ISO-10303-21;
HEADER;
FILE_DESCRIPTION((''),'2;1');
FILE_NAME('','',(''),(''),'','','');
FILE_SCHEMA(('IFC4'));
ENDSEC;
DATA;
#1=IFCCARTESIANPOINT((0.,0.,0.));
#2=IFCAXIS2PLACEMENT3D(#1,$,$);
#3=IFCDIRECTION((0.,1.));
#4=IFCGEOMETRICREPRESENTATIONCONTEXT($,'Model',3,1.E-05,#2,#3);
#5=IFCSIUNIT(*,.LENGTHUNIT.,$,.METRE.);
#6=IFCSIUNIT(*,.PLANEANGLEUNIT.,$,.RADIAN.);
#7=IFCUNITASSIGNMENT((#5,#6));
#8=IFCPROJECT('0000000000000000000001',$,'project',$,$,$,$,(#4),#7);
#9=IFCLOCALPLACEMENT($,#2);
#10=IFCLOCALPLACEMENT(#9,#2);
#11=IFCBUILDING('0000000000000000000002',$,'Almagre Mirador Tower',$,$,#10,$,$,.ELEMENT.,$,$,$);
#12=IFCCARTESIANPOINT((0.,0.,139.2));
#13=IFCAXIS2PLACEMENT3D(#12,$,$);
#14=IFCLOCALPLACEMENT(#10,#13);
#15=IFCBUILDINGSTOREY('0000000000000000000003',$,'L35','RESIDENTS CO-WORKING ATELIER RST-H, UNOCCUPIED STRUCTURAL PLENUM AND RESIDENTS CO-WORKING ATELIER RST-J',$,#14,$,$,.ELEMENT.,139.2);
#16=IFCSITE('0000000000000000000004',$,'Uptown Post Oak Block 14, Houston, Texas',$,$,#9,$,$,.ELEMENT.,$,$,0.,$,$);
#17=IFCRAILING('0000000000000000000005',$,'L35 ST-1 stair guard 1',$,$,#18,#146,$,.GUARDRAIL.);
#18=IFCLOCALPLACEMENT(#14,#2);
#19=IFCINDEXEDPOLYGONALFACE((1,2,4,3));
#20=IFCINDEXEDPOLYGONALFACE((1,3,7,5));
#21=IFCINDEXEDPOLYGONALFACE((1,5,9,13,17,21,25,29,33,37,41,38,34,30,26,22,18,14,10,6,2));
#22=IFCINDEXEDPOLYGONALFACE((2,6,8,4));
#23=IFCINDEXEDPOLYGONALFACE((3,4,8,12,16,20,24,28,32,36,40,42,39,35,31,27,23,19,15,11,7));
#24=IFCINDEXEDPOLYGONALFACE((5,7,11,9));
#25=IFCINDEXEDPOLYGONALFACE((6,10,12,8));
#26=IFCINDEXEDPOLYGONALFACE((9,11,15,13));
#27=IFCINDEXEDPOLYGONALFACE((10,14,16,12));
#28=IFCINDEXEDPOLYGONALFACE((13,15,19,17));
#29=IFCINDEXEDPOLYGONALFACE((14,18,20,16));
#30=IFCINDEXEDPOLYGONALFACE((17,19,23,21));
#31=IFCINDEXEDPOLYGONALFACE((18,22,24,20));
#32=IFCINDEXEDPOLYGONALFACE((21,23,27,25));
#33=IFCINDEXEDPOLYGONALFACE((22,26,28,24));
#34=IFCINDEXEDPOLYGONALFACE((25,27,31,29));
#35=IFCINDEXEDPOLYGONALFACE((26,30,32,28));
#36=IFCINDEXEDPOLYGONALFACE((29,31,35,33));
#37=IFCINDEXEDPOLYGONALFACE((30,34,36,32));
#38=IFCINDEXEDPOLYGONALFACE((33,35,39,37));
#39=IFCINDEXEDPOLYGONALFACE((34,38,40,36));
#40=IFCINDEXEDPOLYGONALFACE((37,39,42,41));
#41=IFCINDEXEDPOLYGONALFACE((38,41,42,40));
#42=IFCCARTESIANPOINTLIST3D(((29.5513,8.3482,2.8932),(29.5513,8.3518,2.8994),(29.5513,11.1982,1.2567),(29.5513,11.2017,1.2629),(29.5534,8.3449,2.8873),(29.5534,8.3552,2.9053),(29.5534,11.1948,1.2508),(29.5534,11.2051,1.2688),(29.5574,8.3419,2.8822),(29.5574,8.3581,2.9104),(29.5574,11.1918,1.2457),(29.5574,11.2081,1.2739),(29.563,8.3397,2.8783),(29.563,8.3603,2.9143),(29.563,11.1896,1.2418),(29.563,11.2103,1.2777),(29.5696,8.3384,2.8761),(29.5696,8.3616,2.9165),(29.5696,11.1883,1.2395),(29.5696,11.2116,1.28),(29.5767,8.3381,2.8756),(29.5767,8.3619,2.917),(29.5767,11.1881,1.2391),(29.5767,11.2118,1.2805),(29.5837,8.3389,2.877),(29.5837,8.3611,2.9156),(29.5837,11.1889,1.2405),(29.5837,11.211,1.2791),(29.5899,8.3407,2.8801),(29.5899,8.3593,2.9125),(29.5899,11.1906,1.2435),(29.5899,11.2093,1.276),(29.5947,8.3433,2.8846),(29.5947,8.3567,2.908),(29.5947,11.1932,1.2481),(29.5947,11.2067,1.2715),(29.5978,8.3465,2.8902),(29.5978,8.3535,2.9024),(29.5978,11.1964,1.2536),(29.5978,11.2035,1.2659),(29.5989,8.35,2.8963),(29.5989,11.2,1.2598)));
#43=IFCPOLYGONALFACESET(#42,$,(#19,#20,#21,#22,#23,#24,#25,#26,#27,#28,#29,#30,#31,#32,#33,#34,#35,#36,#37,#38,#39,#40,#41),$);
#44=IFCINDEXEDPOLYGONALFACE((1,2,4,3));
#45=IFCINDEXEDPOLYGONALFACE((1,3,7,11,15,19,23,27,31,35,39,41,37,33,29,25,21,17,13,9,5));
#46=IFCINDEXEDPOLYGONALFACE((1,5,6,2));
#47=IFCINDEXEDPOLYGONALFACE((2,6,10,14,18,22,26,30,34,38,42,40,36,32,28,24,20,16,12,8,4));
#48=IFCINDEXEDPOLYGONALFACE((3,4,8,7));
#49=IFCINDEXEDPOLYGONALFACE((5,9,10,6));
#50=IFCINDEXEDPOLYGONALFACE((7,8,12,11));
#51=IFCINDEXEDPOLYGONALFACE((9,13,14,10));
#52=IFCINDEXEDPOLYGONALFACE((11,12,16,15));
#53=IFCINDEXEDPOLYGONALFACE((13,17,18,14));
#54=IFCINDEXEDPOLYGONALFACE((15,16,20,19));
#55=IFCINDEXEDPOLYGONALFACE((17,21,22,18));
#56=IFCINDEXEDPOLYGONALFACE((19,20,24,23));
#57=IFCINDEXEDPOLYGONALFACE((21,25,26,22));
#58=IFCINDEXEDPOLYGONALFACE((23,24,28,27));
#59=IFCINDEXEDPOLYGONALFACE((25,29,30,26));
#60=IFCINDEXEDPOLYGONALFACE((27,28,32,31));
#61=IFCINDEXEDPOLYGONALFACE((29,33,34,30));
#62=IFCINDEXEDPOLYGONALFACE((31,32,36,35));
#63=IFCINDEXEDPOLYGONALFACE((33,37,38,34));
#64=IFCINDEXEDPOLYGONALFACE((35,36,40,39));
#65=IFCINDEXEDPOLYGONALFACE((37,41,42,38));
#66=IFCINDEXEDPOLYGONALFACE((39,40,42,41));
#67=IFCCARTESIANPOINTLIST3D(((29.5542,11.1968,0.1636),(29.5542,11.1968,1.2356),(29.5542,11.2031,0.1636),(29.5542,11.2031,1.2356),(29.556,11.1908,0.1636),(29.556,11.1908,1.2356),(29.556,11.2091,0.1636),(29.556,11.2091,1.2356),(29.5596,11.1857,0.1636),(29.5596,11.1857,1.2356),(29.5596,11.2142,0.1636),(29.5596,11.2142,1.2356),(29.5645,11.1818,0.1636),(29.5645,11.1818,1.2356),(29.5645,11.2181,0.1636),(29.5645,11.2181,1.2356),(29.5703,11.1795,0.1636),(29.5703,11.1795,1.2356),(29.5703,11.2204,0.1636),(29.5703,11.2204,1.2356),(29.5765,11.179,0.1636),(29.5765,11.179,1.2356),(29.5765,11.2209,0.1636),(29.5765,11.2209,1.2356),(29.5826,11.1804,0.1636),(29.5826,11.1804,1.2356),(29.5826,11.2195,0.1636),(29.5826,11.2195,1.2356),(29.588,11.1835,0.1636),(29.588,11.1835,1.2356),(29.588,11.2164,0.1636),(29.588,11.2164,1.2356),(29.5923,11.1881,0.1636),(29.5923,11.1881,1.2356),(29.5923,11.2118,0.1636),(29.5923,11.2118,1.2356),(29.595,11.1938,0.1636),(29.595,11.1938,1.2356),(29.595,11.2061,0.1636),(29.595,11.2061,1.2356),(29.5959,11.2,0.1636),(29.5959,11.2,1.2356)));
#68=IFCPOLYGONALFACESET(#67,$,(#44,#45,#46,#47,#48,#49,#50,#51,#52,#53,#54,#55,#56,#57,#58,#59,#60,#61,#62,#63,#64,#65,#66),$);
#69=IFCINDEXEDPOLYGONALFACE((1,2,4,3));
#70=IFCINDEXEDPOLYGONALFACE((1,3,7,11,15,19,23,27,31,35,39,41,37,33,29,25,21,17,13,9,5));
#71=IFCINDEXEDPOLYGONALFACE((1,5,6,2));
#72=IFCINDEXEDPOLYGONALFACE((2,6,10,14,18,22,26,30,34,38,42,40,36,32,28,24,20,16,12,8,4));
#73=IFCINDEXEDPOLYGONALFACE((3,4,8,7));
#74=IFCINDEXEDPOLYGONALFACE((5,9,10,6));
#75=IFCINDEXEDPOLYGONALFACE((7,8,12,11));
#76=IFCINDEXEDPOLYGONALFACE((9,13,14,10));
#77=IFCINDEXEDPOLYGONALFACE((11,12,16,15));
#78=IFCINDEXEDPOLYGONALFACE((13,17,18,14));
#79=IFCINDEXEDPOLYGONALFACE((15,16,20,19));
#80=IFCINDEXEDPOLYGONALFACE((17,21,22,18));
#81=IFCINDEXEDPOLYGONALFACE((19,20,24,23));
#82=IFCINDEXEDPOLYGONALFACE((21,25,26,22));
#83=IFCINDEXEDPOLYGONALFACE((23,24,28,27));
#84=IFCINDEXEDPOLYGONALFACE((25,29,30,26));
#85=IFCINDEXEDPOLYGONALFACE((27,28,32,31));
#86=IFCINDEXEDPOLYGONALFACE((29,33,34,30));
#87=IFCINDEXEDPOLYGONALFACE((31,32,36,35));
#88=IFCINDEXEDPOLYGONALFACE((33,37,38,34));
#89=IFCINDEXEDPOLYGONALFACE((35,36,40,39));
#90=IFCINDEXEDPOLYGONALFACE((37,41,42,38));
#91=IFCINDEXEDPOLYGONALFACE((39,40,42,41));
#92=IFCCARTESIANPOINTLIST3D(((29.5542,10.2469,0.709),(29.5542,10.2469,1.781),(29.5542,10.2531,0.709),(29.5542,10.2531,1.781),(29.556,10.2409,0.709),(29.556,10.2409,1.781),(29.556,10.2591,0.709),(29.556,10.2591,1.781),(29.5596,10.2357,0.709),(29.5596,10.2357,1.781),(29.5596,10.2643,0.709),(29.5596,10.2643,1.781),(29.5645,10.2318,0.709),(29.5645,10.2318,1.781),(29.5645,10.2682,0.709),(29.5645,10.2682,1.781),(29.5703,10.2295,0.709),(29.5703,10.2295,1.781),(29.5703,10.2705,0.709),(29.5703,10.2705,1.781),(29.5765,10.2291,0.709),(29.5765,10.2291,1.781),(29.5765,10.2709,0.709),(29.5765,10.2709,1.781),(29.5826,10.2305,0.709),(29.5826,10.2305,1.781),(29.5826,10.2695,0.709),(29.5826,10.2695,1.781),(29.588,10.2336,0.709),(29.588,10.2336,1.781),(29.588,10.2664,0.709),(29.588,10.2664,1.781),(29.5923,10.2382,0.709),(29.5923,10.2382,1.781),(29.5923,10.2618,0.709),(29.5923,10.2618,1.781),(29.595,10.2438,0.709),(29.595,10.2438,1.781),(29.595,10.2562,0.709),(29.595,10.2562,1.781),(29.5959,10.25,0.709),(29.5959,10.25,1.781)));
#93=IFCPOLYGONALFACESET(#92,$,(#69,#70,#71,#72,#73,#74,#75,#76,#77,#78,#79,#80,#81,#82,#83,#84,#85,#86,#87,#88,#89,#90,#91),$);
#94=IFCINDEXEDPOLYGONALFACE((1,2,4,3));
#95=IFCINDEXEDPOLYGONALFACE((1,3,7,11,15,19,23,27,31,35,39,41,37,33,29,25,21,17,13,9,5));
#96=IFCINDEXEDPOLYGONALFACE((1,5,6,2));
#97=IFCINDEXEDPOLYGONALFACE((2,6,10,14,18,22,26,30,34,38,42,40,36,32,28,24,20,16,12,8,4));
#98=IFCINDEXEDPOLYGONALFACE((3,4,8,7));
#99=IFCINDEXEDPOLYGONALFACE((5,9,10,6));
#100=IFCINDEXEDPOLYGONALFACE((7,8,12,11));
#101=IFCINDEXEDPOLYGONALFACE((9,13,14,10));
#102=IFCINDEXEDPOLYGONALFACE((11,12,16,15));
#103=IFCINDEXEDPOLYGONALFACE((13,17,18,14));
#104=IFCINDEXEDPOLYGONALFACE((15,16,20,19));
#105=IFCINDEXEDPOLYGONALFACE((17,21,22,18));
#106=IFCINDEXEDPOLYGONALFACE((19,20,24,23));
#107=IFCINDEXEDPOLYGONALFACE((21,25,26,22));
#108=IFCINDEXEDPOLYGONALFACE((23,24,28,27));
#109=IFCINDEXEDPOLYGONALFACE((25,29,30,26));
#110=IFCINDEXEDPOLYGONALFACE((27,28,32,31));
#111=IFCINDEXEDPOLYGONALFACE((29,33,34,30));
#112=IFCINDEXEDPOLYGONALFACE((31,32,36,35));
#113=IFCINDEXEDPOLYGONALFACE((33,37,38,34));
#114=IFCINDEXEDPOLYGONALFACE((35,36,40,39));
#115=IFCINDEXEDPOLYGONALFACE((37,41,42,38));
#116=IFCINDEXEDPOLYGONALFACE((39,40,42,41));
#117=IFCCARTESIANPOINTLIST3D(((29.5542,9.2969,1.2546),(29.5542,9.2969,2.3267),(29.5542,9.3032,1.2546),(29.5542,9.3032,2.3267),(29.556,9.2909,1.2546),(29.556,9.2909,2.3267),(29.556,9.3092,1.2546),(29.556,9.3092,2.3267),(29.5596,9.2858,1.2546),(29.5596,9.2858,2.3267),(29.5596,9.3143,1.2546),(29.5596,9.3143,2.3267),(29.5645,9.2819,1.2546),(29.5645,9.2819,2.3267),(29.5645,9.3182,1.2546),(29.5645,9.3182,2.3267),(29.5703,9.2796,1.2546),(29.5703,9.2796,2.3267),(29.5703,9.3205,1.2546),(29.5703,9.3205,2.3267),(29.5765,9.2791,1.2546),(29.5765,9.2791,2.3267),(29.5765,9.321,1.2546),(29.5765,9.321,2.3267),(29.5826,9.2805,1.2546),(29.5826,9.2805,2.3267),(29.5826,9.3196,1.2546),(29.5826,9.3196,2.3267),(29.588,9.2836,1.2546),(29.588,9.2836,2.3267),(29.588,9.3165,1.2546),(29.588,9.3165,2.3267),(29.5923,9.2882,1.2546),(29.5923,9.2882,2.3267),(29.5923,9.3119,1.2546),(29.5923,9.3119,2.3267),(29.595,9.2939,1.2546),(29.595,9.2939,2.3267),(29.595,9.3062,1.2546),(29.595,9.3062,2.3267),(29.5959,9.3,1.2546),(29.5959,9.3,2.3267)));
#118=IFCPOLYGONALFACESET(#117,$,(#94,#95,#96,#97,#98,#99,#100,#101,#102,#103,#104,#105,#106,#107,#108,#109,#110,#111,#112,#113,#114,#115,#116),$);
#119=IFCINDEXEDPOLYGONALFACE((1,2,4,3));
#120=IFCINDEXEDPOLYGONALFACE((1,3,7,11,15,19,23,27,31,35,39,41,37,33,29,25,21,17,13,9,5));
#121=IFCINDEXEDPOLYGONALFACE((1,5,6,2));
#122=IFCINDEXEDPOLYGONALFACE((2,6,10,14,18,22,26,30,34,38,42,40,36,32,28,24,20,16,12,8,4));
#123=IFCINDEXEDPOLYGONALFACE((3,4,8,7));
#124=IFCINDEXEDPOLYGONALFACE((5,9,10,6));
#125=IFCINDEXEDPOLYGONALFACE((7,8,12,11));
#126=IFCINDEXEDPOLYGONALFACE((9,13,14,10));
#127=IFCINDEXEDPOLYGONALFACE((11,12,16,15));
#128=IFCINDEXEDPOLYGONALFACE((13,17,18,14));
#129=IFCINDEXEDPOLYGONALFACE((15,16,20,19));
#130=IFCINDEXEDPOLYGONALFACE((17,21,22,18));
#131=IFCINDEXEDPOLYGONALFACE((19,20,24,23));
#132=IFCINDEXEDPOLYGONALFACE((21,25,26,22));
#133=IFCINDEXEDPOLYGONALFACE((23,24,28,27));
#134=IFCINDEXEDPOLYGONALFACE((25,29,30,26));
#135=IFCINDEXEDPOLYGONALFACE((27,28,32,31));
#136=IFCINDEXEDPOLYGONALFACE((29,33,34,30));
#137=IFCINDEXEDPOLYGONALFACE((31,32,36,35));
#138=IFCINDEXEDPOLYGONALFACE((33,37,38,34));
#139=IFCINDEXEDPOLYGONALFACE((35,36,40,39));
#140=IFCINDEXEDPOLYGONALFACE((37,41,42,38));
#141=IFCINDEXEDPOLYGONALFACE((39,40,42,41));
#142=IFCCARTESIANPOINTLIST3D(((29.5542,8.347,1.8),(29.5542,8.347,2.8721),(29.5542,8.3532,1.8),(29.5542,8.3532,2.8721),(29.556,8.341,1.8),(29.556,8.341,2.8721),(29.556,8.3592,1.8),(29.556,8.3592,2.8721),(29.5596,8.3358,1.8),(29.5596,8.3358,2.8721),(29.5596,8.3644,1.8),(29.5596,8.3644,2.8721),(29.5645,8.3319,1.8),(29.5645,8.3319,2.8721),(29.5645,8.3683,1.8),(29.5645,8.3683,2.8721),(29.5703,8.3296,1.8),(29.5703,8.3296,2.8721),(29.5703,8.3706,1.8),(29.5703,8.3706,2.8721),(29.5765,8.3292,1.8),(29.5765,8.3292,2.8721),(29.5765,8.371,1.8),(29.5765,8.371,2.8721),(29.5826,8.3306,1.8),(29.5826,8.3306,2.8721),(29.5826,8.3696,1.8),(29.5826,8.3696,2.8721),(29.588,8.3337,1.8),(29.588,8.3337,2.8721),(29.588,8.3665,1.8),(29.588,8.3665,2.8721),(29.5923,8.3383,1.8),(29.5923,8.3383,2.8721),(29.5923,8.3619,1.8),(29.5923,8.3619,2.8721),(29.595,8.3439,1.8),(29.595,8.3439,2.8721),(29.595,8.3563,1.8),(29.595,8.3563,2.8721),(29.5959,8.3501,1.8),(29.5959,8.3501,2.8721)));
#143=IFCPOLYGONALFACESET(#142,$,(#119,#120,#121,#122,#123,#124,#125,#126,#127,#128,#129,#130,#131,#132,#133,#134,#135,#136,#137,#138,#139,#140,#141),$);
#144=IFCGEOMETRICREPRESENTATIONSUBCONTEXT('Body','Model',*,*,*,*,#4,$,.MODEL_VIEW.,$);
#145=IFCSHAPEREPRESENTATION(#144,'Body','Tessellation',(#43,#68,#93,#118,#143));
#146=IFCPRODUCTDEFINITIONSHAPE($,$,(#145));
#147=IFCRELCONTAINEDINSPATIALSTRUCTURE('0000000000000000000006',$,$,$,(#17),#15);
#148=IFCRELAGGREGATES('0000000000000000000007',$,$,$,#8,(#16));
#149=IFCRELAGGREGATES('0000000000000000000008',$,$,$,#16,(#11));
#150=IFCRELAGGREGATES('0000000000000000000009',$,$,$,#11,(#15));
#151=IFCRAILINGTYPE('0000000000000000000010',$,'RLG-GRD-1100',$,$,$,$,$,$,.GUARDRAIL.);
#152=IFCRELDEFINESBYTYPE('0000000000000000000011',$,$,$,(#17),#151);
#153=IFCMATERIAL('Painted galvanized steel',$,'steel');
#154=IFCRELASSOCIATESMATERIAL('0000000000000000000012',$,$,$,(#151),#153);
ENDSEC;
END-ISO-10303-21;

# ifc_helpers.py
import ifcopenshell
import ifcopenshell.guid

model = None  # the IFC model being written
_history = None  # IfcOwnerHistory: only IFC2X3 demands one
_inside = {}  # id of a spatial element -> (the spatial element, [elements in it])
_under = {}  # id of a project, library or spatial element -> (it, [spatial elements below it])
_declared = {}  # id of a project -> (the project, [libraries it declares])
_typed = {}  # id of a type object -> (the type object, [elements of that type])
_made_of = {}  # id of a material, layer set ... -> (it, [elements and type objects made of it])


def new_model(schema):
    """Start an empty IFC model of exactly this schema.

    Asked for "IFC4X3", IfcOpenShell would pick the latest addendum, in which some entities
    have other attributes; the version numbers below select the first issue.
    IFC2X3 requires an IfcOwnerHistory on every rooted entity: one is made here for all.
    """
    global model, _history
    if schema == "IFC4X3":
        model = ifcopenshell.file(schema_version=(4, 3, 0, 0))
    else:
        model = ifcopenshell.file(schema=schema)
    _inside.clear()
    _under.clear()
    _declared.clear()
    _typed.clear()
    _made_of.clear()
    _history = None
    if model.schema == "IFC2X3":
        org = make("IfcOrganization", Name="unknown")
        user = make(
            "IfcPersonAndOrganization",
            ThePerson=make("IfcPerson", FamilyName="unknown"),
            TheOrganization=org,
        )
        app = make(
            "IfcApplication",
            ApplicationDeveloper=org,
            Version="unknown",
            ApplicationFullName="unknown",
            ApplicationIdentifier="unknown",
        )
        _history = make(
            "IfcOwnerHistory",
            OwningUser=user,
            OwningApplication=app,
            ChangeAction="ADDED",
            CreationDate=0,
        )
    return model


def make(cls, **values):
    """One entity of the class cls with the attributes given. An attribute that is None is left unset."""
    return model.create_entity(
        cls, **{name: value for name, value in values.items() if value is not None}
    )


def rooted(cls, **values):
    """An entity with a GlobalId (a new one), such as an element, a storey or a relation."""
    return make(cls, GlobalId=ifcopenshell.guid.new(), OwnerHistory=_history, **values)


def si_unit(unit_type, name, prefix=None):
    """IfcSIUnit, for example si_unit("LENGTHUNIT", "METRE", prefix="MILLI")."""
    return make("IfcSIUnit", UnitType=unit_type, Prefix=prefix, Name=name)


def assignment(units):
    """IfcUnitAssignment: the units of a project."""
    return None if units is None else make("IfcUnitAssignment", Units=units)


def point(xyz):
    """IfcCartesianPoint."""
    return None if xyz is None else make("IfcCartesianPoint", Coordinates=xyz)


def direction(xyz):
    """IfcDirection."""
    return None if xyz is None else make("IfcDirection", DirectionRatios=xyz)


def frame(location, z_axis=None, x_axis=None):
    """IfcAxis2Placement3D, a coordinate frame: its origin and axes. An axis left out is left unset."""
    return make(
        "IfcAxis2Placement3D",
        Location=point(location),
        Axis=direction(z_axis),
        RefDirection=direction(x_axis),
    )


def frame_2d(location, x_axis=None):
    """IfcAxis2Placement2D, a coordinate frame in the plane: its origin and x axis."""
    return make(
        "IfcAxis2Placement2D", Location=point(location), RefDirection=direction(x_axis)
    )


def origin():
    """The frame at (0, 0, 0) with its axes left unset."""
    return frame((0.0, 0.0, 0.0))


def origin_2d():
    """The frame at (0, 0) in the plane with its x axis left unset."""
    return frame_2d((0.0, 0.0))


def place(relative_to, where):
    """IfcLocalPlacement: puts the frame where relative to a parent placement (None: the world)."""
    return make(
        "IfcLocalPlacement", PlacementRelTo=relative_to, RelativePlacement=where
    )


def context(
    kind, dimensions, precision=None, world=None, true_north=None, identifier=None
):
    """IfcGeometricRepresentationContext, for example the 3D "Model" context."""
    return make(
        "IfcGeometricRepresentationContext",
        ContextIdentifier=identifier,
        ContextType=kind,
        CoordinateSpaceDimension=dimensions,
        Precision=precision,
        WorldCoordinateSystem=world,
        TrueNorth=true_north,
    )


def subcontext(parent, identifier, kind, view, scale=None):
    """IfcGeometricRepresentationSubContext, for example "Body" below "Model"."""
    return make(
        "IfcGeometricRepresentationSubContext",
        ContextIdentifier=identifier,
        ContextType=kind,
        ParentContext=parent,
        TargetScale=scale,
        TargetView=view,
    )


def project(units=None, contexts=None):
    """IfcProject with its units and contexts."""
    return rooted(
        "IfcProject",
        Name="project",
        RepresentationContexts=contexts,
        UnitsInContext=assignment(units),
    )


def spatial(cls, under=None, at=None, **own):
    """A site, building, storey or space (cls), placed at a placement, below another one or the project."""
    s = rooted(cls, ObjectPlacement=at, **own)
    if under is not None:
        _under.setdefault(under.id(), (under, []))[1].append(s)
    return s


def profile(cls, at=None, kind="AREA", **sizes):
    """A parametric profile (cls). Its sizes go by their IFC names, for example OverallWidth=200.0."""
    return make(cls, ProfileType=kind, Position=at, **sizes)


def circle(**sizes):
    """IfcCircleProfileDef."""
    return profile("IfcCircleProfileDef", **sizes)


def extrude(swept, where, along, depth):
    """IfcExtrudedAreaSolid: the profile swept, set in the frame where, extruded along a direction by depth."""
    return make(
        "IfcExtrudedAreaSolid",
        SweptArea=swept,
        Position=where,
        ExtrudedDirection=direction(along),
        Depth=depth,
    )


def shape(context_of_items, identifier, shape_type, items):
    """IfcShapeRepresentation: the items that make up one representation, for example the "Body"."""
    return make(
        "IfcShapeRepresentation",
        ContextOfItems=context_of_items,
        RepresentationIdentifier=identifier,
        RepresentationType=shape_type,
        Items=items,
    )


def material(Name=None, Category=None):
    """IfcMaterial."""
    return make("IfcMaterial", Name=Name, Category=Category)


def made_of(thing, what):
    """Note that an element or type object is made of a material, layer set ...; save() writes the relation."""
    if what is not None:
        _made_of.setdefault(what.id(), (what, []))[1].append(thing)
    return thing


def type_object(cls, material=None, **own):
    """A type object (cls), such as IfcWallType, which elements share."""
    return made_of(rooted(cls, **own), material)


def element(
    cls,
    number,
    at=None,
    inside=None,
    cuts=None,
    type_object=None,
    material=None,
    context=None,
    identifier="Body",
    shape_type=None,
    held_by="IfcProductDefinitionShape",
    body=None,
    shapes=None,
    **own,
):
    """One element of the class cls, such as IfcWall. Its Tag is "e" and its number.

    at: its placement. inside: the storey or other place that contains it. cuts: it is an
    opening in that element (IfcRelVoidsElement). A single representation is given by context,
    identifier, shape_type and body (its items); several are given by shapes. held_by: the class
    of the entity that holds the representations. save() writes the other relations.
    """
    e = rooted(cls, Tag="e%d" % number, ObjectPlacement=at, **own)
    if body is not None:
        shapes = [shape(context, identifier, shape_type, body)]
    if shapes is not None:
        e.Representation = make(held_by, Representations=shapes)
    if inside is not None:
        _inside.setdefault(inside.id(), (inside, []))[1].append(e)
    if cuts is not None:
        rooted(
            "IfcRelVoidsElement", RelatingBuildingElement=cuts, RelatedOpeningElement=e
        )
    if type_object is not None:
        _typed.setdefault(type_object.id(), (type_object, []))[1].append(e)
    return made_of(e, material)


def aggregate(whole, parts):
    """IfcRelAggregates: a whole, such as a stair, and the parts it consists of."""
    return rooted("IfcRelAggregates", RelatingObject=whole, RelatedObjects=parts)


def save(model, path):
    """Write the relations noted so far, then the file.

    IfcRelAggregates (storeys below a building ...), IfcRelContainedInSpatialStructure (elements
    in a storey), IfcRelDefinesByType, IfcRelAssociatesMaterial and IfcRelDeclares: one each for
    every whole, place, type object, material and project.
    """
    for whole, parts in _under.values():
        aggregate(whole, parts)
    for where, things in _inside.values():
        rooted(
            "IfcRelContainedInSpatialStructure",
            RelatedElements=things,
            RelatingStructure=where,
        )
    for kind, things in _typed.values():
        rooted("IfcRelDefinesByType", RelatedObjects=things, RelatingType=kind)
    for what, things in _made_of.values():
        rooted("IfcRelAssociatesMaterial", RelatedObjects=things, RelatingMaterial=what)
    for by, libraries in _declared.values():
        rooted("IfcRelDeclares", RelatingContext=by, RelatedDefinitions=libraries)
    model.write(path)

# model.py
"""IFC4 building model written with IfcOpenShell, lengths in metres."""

from ifc_helpers import new_model, si_unit, direction, frame, origin, origin_2d, place, context, subcontext, project, spatial, circle, extrude, material, type_object, element, save


model = new_model("IFC4")

# Units and contexts
model_context = context("Model", 3, precision=1e-05, world=origin(), true_north=direction((0.0, 1.0)))
body_context = subcontext(model_context, "Body", "Model", "MODEL_VIEW")
ifc_project = project(units=[si_unit("LENGTHUNIT", "METRE"), si_unit("PLANEANGLEUNIT", "RADIAN")], contexts=[model_context])

# Site, building, storey
site_placement = place(None, origin())
site = spatial("IfcSite", under=ifc_project, at=site_placement, Name="Uptown Post Oak Block 14, Houston, Texas", CompositionType="ELEMENT", RefElevation=0.0)
building_placement = place(site_placement, origin())
building = spatial("IfcBuilding", under=site, at=building_placement, Name="Almagre Mirador Tower", CompositionType="ELEMENT")
storey_placement = place(building_placement, frame((0.0, 0.0, 139.2)))
storey = spatial("IfcBuildingStorey", under=building, at=storey_placement, Name="L35", Description="RESIDENTS CO-WORKING ATELIER RST-H, UNOCCUPIED STRUCTURAL PLENUM AND RESIDENTS CO-WORKING ATELIER RST-J", CompositionType="ELEMENT", Elevation=139.2)

# Railing
ifc_material_1 = material(Name="Painted galvanized steel", Category="steel")
railing_type_1 = type_object("IfcRailingType", Name="RLG-GRD-1100", PredefinedType="GUARDRAIL", material=ifc_material_1)
railing_1_placement = place(storey_placement, frame((29.575, 11.2, 0.1636)))
element("IfcRailing", 1, at=railing_1_placement, inside=storey, type_object=railing_type_1, Name="L35 ST-1 stair guard 1", PredefinedType="GUARDRAIL", context=body_context, shape_type="SweptSolid", body=[
    extrude(circle(Radius=0.0239, at=origin_2d()), frame((0.0, 0.0, 1.0962), z_axis=(0.0, -0.867194, 0.49797), x_axis=(1.0, 0.0, 0.0)), (0.0, 0.0, 1.0), 3.2864),
    extrude(circle(Radius=0.021, at=origin_2d()), origin(), (0.0, 0.0, 1.0), 1.072),
    extrude(circle(Radius=0.021, at=origin_2d()), frame((0.0, -0.95, 0.5454)), (0.0, 0.0, 1.0), 1.072),
    extrude(circle(Radius=0.021, at=origin_2d()), frame((0.0, -1.8999, 1.0911)), (0.0, 0.0, 1.0), 1.072),
    extrude(circle(Radius=0.021, at=origin_2d()), frame((0.0, -2.8499, 1.6365)), (0.0, 0.0, 1.0), 1.072),
])

save(model, "model.ifc")
